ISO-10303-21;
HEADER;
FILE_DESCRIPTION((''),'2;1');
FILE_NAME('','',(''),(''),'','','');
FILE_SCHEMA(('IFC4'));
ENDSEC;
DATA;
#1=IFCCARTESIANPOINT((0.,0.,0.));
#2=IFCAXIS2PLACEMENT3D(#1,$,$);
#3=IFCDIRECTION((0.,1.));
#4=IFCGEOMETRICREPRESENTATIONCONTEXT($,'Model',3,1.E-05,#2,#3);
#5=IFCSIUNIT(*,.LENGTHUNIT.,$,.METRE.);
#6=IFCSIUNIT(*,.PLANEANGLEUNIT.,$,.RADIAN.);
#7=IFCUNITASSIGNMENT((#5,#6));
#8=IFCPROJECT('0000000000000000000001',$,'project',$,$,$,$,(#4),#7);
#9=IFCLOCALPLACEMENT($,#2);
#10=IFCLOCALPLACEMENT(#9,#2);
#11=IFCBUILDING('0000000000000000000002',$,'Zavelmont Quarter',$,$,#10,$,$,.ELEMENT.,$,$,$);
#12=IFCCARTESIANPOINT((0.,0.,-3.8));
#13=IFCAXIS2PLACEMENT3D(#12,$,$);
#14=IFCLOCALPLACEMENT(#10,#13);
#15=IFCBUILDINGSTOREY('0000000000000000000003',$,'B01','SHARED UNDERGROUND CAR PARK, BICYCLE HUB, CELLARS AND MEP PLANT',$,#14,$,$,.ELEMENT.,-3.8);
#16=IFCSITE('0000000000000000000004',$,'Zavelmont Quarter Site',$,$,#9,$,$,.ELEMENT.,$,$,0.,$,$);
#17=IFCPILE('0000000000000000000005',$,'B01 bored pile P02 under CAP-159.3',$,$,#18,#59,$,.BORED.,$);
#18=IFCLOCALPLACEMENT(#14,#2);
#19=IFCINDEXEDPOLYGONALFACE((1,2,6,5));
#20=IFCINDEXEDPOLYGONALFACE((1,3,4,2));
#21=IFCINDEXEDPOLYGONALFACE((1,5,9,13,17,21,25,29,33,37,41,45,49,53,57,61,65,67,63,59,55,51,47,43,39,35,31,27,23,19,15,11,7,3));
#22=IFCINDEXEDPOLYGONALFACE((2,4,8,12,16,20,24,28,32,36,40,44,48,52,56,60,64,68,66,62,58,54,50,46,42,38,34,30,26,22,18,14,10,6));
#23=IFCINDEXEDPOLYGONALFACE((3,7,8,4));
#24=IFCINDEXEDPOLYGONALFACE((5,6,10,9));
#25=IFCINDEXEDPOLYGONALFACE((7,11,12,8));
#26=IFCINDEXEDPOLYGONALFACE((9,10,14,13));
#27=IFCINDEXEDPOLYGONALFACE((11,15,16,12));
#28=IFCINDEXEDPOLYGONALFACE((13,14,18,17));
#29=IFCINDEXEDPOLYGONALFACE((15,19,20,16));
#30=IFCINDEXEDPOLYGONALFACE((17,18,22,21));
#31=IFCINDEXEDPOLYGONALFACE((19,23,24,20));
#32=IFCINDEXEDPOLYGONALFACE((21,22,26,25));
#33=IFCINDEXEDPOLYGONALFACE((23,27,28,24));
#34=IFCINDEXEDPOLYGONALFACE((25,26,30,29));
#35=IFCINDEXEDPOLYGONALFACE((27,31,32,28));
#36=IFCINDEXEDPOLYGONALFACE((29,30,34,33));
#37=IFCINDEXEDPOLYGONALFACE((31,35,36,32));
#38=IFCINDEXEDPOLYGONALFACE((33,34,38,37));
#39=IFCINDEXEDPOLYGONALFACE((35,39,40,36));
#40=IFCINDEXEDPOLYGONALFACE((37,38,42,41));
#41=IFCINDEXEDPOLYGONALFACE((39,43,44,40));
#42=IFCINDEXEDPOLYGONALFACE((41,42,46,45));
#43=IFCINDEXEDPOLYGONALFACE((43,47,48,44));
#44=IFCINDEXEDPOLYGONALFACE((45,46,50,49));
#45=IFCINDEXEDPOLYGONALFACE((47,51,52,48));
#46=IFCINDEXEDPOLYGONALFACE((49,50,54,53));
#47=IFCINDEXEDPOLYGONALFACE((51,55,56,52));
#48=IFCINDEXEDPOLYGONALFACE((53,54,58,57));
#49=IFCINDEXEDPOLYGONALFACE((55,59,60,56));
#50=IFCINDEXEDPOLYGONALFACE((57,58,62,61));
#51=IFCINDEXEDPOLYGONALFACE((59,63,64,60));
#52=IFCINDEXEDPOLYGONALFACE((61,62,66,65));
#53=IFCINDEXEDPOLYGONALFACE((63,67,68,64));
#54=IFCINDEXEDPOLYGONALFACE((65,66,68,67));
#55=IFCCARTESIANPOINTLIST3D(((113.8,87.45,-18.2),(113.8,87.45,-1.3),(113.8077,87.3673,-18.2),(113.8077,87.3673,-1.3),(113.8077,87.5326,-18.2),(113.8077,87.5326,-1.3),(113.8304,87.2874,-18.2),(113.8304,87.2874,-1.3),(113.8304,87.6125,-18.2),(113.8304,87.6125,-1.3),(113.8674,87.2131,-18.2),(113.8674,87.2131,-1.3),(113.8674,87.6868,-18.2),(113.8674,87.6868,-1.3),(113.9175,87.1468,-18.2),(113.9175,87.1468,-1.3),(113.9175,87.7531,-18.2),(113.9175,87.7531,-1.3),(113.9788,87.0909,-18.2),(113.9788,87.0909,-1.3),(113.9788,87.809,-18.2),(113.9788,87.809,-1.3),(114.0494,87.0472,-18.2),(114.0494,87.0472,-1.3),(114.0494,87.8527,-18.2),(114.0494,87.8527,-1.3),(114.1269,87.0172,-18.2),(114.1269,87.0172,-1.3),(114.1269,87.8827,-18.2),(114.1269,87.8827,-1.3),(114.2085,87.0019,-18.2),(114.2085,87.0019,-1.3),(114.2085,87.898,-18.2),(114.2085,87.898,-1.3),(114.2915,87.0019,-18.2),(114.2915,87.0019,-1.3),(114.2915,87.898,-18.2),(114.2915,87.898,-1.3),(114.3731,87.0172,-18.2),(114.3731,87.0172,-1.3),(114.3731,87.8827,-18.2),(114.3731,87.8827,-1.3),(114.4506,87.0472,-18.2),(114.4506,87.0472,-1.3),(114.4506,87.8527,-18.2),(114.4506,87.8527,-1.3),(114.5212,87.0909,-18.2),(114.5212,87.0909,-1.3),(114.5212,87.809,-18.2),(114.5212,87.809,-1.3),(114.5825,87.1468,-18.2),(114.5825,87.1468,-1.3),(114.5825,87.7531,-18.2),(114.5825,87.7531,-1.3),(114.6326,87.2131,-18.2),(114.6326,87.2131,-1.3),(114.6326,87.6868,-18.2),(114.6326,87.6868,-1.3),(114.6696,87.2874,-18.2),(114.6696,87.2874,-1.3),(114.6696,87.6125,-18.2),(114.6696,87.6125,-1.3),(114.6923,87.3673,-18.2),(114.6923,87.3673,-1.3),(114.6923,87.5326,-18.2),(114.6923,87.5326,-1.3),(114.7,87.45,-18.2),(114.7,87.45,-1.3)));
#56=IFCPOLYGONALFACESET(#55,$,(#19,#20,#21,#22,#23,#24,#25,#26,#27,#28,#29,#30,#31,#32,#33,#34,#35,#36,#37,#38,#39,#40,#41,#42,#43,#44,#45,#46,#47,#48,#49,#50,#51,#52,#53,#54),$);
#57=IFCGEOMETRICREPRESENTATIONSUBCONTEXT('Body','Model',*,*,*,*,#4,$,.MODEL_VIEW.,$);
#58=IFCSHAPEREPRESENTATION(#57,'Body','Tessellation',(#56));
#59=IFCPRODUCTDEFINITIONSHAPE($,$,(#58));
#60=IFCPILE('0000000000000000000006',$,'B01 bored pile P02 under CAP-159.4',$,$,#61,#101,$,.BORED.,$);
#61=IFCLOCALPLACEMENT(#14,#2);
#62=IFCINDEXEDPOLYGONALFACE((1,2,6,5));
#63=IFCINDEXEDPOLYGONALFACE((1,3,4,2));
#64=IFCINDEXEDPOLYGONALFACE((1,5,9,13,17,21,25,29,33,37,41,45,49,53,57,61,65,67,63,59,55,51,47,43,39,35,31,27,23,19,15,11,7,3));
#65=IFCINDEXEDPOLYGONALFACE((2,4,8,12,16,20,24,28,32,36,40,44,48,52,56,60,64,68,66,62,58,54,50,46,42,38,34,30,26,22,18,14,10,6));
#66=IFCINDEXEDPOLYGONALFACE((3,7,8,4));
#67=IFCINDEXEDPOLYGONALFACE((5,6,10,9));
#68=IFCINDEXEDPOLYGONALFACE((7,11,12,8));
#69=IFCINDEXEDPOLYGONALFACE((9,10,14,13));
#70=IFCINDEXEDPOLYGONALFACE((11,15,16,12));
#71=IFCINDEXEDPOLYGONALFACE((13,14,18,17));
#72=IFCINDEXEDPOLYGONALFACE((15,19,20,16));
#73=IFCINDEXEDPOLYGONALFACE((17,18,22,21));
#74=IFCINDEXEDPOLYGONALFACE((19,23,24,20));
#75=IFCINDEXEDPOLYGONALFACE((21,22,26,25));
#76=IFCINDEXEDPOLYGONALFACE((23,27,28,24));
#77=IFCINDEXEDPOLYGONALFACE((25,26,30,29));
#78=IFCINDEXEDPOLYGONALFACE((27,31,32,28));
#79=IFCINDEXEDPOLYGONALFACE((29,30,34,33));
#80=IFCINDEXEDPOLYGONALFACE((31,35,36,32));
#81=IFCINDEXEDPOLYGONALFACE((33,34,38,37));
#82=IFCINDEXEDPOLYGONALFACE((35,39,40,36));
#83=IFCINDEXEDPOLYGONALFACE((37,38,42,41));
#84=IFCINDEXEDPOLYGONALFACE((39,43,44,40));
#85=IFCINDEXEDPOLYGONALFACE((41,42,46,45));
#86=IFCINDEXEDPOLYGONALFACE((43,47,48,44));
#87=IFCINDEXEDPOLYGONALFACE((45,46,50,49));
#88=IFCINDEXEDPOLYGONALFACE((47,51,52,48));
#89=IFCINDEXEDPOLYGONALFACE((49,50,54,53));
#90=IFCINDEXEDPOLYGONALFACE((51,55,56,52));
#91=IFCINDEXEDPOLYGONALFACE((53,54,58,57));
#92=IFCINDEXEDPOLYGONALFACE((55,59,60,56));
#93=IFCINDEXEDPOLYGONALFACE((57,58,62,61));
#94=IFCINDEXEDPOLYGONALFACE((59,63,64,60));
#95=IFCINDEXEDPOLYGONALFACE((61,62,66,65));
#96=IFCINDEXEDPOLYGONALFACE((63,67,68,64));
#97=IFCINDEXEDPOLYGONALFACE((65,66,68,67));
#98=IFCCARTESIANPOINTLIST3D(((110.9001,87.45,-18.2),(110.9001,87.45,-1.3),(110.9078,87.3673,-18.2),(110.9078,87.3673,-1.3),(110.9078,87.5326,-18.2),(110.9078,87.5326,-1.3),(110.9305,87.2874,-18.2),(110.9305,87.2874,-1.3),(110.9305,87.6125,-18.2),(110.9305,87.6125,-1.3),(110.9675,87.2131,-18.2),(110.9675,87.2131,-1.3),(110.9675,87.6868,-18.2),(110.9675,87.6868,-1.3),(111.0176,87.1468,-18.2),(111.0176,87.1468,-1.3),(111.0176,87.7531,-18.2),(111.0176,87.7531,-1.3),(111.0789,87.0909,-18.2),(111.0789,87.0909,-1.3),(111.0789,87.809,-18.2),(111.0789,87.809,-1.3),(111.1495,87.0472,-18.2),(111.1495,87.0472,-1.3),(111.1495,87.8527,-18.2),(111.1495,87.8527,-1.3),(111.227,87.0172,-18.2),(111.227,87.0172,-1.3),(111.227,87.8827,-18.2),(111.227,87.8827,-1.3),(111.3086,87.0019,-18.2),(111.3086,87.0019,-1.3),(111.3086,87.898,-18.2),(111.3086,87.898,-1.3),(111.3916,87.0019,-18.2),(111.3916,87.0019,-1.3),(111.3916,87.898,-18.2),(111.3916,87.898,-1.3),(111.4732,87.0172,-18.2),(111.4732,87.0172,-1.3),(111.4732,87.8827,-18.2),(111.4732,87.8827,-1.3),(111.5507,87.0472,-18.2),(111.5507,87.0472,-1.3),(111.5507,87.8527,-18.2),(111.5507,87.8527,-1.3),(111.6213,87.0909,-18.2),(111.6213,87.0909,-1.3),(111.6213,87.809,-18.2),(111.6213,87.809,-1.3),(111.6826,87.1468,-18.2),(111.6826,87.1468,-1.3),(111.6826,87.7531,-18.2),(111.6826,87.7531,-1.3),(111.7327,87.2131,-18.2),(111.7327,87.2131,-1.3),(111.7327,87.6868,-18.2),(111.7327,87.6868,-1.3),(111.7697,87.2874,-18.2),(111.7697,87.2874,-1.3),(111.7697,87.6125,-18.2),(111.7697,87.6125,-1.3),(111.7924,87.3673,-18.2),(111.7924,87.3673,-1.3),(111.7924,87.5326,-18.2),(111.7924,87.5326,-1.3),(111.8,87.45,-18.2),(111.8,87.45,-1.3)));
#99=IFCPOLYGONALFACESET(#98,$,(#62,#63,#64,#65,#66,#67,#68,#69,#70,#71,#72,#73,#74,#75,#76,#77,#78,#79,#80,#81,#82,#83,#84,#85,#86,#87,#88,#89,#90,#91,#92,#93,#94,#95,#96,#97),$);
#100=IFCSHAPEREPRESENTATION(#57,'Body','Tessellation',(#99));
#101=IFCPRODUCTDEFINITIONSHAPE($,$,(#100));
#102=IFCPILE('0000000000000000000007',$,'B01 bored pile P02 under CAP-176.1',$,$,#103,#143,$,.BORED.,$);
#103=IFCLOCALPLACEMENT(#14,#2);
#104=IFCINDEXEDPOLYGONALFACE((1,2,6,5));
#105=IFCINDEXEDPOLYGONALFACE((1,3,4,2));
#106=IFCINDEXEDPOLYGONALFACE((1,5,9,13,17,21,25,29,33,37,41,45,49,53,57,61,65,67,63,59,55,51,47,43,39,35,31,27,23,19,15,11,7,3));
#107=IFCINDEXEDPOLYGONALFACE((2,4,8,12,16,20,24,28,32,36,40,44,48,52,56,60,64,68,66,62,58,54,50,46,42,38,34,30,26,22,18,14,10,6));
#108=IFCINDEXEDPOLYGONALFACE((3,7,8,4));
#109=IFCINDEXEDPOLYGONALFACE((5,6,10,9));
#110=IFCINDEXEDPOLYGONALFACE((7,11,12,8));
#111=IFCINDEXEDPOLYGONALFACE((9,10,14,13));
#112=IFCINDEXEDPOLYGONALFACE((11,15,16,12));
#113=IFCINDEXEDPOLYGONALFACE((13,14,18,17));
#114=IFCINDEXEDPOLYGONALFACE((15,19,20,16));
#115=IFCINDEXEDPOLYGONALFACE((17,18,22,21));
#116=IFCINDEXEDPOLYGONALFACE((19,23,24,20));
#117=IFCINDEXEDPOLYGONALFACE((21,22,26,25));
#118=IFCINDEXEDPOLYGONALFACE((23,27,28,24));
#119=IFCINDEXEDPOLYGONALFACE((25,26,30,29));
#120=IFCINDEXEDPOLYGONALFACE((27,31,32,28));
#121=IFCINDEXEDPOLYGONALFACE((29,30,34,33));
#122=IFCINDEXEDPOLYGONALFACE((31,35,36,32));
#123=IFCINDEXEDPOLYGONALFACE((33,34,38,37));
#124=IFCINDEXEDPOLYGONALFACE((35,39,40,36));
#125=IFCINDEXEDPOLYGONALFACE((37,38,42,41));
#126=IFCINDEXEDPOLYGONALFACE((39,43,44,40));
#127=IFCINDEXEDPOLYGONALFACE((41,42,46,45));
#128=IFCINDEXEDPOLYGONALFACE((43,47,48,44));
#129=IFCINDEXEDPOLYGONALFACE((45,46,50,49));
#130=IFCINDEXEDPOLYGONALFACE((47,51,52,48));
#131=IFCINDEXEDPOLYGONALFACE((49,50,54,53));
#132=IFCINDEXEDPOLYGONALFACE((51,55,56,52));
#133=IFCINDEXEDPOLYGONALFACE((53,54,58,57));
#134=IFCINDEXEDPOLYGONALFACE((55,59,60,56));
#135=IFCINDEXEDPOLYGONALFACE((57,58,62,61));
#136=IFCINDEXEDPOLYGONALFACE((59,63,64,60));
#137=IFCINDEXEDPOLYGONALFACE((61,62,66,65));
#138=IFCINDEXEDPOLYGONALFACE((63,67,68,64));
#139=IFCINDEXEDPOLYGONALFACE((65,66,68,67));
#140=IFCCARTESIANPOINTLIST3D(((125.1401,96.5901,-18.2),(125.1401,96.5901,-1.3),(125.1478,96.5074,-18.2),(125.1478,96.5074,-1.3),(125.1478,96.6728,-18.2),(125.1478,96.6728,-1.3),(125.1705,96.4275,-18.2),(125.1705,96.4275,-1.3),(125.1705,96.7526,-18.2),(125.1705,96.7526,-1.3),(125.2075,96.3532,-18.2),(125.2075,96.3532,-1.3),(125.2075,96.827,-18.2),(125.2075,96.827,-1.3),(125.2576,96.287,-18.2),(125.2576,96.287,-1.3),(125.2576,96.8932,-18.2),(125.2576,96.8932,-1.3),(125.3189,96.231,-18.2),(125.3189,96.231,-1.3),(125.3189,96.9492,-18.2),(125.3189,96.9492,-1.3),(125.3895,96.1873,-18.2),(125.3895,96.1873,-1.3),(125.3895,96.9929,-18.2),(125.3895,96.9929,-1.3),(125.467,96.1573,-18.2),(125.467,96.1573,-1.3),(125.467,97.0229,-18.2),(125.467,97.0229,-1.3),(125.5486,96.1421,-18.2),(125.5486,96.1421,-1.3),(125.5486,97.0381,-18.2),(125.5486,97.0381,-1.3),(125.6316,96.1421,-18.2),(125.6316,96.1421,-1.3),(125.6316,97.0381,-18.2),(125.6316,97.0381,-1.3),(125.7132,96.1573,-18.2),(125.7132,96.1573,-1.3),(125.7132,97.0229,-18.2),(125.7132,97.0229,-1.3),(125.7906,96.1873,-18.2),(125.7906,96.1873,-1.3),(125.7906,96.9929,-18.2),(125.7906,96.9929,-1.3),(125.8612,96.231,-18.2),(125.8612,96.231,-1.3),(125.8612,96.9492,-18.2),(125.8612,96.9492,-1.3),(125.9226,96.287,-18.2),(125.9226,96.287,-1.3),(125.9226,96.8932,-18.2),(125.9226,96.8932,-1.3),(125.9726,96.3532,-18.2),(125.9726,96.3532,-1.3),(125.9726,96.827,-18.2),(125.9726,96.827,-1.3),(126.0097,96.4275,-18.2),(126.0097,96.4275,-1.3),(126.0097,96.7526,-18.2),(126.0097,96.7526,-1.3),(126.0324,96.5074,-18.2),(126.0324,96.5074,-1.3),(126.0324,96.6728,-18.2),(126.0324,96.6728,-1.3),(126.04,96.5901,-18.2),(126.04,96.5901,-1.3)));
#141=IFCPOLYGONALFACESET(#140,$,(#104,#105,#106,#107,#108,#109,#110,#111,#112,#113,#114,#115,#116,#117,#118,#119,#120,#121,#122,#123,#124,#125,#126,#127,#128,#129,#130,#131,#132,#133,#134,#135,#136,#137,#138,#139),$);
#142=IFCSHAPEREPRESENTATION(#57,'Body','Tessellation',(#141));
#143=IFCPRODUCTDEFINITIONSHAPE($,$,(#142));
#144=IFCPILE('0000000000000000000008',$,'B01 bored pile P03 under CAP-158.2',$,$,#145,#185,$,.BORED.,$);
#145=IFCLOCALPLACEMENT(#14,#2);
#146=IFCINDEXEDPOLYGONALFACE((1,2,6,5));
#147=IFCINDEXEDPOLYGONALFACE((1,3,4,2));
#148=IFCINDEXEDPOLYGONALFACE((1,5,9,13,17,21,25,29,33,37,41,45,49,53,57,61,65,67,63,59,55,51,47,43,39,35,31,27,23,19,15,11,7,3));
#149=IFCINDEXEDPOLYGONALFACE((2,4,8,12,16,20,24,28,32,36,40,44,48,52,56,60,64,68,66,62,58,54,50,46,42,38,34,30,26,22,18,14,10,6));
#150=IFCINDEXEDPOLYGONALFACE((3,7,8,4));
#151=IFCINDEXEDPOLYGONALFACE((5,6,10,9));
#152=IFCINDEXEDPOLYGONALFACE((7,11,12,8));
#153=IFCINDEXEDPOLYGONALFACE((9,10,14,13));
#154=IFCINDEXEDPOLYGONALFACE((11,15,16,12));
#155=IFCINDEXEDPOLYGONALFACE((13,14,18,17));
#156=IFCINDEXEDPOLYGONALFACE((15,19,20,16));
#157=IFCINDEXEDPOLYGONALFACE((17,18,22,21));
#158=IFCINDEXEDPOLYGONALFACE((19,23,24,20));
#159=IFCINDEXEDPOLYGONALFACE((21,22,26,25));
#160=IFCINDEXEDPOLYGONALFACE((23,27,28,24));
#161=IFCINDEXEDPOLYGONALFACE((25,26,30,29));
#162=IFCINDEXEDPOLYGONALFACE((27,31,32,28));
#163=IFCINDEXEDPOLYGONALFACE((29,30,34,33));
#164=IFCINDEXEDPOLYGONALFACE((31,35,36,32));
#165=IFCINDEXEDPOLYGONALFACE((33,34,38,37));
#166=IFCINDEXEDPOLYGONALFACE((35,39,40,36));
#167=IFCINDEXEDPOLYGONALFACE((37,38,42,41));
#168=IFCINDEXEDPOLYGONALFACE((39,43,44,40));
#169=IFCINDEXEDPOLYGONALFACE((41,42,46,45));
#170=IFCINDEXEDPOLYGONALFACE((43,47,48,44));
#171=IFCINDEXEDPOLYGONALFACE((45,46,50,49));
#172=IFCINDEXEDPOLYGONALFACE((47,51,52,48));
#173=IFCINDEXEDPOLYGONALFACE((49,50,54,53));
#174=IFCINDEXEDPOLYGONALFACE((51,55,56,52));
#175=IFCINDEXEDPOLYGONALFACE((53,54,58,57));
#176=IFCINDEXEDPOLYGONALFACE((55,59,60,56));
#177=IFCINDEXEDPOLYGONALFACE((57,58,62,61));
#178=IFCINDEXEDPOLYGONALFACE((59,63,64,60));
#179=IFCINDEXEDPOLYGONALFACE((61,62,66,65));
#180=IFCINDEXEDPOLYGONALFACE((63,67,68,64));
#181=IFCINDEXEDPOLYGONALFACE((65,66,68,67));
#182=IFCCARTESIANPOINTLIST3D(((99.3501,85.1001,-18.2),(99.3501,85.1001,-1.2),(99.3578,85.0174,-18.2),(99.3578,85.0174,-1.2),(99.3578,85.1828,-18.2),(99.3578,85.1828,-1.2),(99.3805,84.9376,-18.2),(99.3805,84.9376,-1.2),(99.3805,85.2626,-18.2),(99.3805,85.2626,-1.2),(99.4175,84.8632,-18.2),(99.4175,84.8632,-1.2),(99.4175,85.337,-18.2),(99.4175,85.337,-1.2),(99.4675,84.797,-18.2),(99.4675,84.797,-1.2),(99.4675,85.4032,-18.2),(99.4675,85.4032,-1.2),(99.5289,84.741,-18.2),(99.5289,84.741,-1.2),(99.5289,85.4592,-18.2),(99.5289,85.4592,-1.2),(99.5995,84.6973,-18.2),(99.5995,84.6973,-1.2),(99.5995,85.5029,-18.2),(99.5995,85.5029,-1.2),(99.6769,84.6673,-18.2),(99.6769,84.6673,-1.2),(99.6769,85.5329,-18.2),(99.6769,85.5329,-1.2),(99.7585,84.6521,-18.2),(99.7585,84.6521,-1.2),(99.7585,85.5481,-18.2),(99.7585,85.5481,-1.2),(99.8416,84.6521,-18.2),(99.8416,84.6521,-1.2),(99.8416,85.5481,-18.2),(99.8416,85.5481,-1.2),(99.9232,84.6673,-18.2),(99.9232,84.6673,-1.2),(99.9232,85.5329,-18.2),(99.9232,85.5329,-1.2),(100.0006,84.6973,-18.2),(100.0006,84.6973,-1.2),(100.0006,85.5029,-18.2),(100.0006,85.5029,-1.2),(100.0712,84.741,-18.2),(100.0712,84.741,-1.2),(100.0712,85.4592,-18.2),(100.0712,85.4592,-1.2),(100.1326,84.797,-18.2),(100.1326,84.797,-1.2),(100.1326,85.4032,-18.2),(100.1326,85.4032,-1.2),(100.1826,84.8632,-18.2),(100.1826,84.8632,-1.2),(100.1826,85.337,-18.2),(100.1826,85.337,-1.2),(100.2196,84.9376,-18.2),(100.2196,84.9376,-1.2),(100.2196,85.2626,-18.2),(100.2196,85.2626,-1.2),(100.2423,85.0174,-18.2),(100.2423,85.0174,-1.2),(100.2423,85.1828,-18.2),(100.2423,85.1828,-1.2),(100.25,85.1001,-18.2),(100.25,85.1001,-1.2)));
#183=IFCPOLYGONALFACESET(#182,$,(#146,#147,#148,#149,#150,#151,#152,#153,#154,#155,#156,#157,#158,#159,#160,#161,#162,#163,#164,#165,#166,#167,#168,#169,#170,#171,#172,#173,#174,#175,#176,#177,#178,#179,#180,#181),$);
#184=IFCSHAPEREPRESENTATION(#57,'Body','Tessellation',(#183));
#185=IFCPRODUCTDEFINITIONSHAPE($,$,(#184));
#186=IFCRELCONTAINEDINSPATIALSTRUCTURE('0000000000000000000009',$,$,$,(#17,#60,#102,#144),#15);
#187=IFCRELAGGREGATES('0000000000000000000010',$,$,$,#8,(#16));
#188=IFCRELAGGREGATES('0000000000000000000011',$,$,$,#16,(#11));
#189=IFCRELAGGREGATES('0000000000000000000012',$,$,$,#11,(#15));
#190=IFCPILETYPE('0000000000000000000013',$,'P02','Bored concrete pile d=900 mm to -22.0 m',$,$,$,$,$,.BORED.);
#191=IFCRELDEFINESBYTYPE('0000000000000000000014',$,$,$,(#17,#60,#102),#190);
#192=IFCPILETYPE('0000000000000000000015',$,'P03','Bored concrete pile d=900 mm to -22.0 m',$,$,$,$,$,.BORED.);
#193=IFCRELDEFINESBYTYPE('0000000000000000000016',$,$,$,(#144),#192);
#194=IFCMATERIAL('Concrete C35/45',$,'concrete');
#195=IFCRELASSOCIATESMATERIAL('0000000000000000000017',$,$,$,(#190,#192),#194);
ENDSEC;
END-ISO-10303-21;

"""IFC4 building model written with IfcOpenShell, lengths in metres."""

from ifc_helpers import new_model, si_unit, direction, frame, origin, origin_2d, place, context, subcontext, project, spatial, circle, extrude, material, material_profile, profile_set, type_object, element, save


model = new_model("IFC4")

# Units and contexts
model_context = context("Model", 3, precision=1e-05, world=origin(), true_north=direction((0.0, 1.0)))
body_context = subcontext(model_context, "Body", "Model", "MODEL_VIEW")
ifc_project = project(units=[si_unit("LENGTHUNIT", "METRE"), si_unit("PLANEANGLEUNIT", "RADIAN")], contexts=[model_context])

# Site, building, storey
site_placement = place(None, origin())
site = spatial("IfcSite", under=ifc_project, at=site_placement, Name="Zavelmont Quarter Site", CompositionType="ELEMENT", RefElevation=0.0)
building_placement = place(site_placement, origin())
building = spatial("IfcBuilding", under=site, at=building_placement, Name="Zavelmont Quarter", CompositionType="ELEMENT")
storey_placement = place(building_placement, frame((0.0, 0.0, -3.8)))
storey = spatial("IfcBuildingStorey", under=building, at=storey_placement, Name="B01", Description="SHARED UNDERGROUND CAR PARK, BICYCLE HUB, CELLARS AND MEP PLANT", CompositionType="ELEMENT", Elevation=-3.8)

# Shared definitions
ifc_material_1 = material(Name="Concrete C35/45", Category="concrete")

# Piles
ifc_material_profile_1 = material_profile(ifc_material_1, circle(Radius=0.45, at=origin_2d()), Name="BP900")
ifc_profile_set_1 = profile_set([ifc_material_profile_1], Name="Concrete C35/45")
pile_type_1 = type_object("IfcPileType", Name="P02", Description="Bored concrete pile d=900 mm to -22.0 m", PredefinedType="BORED", material=ifc_profile_set_1)
for number, where, z_axis, x_axis, name in (
    (1, (114.25, 87.45, -1.3), (0.0, 0.0, -1.0), (1.0, 0.0, 0.0), "B01 bored pile P02 under CAP-159.3"),
    (2, (111.3501, 87.45, -1.3), (0.0, 0.0, -1.0), (1.0, 0.0, 0.0), "B01 bored pile P02 under CAP-159.4"),
    (3, (125.5901, 96.5901, -1.3), (0.0, 0.0, -1.0), (1.0, 0.0, 0.0), "B01 bored pile P02 under CAP-176.1"),
):
    element("IfcPile", number, at=place(storey_placement, frame(where, z_axis=z_axis, x_axis=x_axis)), inside=storey, type_object=pile_type_1, Name=name, PredefinedType="BORED", context=body_context, shape_type="SweptSolid", body=[
        extrude(circle(Radius=0.45, at=origin_2d()), origin(), (0.0, 0.0, 1.0), 16.8999),
    ])
ifc_material_profile_2 = material_profile(ifc_material_1, circle(Radius=0.45, at=origin_2d()), Name="BP900")
ifc_profile_set_2 = profile_set([ifc_material_profile_2], Name="Concrete C35/45")
pile_type_2 = type_object("IfcPileType", Name="P03", Description="Bored concrete pile d=900 mm to -22.0 m", PredefinedType="BORED", material=ifc_profile_set_2)
pile_1_placement = place(storey_placement, frame((99.8, 85.1001, -1.2), z_axis=(0.0, 0.0, -1.0), x_axis=(1.0, 0.0, 0.0)))
element("IfcPile", 4, at=pile_1_placement, inside=storey, type_object=pile_type_2, Name="B01 bored pile P03 under CAP-158.2", PredefinedType="BORED", context=body_context, shape_type="SweptSolid", body=[
    extrude(circle(Radius=0.45, at=origin_2d()), origin(), (0.0, 0.0, 1.0), 17.0),
])

save(model, "model.ifc")
